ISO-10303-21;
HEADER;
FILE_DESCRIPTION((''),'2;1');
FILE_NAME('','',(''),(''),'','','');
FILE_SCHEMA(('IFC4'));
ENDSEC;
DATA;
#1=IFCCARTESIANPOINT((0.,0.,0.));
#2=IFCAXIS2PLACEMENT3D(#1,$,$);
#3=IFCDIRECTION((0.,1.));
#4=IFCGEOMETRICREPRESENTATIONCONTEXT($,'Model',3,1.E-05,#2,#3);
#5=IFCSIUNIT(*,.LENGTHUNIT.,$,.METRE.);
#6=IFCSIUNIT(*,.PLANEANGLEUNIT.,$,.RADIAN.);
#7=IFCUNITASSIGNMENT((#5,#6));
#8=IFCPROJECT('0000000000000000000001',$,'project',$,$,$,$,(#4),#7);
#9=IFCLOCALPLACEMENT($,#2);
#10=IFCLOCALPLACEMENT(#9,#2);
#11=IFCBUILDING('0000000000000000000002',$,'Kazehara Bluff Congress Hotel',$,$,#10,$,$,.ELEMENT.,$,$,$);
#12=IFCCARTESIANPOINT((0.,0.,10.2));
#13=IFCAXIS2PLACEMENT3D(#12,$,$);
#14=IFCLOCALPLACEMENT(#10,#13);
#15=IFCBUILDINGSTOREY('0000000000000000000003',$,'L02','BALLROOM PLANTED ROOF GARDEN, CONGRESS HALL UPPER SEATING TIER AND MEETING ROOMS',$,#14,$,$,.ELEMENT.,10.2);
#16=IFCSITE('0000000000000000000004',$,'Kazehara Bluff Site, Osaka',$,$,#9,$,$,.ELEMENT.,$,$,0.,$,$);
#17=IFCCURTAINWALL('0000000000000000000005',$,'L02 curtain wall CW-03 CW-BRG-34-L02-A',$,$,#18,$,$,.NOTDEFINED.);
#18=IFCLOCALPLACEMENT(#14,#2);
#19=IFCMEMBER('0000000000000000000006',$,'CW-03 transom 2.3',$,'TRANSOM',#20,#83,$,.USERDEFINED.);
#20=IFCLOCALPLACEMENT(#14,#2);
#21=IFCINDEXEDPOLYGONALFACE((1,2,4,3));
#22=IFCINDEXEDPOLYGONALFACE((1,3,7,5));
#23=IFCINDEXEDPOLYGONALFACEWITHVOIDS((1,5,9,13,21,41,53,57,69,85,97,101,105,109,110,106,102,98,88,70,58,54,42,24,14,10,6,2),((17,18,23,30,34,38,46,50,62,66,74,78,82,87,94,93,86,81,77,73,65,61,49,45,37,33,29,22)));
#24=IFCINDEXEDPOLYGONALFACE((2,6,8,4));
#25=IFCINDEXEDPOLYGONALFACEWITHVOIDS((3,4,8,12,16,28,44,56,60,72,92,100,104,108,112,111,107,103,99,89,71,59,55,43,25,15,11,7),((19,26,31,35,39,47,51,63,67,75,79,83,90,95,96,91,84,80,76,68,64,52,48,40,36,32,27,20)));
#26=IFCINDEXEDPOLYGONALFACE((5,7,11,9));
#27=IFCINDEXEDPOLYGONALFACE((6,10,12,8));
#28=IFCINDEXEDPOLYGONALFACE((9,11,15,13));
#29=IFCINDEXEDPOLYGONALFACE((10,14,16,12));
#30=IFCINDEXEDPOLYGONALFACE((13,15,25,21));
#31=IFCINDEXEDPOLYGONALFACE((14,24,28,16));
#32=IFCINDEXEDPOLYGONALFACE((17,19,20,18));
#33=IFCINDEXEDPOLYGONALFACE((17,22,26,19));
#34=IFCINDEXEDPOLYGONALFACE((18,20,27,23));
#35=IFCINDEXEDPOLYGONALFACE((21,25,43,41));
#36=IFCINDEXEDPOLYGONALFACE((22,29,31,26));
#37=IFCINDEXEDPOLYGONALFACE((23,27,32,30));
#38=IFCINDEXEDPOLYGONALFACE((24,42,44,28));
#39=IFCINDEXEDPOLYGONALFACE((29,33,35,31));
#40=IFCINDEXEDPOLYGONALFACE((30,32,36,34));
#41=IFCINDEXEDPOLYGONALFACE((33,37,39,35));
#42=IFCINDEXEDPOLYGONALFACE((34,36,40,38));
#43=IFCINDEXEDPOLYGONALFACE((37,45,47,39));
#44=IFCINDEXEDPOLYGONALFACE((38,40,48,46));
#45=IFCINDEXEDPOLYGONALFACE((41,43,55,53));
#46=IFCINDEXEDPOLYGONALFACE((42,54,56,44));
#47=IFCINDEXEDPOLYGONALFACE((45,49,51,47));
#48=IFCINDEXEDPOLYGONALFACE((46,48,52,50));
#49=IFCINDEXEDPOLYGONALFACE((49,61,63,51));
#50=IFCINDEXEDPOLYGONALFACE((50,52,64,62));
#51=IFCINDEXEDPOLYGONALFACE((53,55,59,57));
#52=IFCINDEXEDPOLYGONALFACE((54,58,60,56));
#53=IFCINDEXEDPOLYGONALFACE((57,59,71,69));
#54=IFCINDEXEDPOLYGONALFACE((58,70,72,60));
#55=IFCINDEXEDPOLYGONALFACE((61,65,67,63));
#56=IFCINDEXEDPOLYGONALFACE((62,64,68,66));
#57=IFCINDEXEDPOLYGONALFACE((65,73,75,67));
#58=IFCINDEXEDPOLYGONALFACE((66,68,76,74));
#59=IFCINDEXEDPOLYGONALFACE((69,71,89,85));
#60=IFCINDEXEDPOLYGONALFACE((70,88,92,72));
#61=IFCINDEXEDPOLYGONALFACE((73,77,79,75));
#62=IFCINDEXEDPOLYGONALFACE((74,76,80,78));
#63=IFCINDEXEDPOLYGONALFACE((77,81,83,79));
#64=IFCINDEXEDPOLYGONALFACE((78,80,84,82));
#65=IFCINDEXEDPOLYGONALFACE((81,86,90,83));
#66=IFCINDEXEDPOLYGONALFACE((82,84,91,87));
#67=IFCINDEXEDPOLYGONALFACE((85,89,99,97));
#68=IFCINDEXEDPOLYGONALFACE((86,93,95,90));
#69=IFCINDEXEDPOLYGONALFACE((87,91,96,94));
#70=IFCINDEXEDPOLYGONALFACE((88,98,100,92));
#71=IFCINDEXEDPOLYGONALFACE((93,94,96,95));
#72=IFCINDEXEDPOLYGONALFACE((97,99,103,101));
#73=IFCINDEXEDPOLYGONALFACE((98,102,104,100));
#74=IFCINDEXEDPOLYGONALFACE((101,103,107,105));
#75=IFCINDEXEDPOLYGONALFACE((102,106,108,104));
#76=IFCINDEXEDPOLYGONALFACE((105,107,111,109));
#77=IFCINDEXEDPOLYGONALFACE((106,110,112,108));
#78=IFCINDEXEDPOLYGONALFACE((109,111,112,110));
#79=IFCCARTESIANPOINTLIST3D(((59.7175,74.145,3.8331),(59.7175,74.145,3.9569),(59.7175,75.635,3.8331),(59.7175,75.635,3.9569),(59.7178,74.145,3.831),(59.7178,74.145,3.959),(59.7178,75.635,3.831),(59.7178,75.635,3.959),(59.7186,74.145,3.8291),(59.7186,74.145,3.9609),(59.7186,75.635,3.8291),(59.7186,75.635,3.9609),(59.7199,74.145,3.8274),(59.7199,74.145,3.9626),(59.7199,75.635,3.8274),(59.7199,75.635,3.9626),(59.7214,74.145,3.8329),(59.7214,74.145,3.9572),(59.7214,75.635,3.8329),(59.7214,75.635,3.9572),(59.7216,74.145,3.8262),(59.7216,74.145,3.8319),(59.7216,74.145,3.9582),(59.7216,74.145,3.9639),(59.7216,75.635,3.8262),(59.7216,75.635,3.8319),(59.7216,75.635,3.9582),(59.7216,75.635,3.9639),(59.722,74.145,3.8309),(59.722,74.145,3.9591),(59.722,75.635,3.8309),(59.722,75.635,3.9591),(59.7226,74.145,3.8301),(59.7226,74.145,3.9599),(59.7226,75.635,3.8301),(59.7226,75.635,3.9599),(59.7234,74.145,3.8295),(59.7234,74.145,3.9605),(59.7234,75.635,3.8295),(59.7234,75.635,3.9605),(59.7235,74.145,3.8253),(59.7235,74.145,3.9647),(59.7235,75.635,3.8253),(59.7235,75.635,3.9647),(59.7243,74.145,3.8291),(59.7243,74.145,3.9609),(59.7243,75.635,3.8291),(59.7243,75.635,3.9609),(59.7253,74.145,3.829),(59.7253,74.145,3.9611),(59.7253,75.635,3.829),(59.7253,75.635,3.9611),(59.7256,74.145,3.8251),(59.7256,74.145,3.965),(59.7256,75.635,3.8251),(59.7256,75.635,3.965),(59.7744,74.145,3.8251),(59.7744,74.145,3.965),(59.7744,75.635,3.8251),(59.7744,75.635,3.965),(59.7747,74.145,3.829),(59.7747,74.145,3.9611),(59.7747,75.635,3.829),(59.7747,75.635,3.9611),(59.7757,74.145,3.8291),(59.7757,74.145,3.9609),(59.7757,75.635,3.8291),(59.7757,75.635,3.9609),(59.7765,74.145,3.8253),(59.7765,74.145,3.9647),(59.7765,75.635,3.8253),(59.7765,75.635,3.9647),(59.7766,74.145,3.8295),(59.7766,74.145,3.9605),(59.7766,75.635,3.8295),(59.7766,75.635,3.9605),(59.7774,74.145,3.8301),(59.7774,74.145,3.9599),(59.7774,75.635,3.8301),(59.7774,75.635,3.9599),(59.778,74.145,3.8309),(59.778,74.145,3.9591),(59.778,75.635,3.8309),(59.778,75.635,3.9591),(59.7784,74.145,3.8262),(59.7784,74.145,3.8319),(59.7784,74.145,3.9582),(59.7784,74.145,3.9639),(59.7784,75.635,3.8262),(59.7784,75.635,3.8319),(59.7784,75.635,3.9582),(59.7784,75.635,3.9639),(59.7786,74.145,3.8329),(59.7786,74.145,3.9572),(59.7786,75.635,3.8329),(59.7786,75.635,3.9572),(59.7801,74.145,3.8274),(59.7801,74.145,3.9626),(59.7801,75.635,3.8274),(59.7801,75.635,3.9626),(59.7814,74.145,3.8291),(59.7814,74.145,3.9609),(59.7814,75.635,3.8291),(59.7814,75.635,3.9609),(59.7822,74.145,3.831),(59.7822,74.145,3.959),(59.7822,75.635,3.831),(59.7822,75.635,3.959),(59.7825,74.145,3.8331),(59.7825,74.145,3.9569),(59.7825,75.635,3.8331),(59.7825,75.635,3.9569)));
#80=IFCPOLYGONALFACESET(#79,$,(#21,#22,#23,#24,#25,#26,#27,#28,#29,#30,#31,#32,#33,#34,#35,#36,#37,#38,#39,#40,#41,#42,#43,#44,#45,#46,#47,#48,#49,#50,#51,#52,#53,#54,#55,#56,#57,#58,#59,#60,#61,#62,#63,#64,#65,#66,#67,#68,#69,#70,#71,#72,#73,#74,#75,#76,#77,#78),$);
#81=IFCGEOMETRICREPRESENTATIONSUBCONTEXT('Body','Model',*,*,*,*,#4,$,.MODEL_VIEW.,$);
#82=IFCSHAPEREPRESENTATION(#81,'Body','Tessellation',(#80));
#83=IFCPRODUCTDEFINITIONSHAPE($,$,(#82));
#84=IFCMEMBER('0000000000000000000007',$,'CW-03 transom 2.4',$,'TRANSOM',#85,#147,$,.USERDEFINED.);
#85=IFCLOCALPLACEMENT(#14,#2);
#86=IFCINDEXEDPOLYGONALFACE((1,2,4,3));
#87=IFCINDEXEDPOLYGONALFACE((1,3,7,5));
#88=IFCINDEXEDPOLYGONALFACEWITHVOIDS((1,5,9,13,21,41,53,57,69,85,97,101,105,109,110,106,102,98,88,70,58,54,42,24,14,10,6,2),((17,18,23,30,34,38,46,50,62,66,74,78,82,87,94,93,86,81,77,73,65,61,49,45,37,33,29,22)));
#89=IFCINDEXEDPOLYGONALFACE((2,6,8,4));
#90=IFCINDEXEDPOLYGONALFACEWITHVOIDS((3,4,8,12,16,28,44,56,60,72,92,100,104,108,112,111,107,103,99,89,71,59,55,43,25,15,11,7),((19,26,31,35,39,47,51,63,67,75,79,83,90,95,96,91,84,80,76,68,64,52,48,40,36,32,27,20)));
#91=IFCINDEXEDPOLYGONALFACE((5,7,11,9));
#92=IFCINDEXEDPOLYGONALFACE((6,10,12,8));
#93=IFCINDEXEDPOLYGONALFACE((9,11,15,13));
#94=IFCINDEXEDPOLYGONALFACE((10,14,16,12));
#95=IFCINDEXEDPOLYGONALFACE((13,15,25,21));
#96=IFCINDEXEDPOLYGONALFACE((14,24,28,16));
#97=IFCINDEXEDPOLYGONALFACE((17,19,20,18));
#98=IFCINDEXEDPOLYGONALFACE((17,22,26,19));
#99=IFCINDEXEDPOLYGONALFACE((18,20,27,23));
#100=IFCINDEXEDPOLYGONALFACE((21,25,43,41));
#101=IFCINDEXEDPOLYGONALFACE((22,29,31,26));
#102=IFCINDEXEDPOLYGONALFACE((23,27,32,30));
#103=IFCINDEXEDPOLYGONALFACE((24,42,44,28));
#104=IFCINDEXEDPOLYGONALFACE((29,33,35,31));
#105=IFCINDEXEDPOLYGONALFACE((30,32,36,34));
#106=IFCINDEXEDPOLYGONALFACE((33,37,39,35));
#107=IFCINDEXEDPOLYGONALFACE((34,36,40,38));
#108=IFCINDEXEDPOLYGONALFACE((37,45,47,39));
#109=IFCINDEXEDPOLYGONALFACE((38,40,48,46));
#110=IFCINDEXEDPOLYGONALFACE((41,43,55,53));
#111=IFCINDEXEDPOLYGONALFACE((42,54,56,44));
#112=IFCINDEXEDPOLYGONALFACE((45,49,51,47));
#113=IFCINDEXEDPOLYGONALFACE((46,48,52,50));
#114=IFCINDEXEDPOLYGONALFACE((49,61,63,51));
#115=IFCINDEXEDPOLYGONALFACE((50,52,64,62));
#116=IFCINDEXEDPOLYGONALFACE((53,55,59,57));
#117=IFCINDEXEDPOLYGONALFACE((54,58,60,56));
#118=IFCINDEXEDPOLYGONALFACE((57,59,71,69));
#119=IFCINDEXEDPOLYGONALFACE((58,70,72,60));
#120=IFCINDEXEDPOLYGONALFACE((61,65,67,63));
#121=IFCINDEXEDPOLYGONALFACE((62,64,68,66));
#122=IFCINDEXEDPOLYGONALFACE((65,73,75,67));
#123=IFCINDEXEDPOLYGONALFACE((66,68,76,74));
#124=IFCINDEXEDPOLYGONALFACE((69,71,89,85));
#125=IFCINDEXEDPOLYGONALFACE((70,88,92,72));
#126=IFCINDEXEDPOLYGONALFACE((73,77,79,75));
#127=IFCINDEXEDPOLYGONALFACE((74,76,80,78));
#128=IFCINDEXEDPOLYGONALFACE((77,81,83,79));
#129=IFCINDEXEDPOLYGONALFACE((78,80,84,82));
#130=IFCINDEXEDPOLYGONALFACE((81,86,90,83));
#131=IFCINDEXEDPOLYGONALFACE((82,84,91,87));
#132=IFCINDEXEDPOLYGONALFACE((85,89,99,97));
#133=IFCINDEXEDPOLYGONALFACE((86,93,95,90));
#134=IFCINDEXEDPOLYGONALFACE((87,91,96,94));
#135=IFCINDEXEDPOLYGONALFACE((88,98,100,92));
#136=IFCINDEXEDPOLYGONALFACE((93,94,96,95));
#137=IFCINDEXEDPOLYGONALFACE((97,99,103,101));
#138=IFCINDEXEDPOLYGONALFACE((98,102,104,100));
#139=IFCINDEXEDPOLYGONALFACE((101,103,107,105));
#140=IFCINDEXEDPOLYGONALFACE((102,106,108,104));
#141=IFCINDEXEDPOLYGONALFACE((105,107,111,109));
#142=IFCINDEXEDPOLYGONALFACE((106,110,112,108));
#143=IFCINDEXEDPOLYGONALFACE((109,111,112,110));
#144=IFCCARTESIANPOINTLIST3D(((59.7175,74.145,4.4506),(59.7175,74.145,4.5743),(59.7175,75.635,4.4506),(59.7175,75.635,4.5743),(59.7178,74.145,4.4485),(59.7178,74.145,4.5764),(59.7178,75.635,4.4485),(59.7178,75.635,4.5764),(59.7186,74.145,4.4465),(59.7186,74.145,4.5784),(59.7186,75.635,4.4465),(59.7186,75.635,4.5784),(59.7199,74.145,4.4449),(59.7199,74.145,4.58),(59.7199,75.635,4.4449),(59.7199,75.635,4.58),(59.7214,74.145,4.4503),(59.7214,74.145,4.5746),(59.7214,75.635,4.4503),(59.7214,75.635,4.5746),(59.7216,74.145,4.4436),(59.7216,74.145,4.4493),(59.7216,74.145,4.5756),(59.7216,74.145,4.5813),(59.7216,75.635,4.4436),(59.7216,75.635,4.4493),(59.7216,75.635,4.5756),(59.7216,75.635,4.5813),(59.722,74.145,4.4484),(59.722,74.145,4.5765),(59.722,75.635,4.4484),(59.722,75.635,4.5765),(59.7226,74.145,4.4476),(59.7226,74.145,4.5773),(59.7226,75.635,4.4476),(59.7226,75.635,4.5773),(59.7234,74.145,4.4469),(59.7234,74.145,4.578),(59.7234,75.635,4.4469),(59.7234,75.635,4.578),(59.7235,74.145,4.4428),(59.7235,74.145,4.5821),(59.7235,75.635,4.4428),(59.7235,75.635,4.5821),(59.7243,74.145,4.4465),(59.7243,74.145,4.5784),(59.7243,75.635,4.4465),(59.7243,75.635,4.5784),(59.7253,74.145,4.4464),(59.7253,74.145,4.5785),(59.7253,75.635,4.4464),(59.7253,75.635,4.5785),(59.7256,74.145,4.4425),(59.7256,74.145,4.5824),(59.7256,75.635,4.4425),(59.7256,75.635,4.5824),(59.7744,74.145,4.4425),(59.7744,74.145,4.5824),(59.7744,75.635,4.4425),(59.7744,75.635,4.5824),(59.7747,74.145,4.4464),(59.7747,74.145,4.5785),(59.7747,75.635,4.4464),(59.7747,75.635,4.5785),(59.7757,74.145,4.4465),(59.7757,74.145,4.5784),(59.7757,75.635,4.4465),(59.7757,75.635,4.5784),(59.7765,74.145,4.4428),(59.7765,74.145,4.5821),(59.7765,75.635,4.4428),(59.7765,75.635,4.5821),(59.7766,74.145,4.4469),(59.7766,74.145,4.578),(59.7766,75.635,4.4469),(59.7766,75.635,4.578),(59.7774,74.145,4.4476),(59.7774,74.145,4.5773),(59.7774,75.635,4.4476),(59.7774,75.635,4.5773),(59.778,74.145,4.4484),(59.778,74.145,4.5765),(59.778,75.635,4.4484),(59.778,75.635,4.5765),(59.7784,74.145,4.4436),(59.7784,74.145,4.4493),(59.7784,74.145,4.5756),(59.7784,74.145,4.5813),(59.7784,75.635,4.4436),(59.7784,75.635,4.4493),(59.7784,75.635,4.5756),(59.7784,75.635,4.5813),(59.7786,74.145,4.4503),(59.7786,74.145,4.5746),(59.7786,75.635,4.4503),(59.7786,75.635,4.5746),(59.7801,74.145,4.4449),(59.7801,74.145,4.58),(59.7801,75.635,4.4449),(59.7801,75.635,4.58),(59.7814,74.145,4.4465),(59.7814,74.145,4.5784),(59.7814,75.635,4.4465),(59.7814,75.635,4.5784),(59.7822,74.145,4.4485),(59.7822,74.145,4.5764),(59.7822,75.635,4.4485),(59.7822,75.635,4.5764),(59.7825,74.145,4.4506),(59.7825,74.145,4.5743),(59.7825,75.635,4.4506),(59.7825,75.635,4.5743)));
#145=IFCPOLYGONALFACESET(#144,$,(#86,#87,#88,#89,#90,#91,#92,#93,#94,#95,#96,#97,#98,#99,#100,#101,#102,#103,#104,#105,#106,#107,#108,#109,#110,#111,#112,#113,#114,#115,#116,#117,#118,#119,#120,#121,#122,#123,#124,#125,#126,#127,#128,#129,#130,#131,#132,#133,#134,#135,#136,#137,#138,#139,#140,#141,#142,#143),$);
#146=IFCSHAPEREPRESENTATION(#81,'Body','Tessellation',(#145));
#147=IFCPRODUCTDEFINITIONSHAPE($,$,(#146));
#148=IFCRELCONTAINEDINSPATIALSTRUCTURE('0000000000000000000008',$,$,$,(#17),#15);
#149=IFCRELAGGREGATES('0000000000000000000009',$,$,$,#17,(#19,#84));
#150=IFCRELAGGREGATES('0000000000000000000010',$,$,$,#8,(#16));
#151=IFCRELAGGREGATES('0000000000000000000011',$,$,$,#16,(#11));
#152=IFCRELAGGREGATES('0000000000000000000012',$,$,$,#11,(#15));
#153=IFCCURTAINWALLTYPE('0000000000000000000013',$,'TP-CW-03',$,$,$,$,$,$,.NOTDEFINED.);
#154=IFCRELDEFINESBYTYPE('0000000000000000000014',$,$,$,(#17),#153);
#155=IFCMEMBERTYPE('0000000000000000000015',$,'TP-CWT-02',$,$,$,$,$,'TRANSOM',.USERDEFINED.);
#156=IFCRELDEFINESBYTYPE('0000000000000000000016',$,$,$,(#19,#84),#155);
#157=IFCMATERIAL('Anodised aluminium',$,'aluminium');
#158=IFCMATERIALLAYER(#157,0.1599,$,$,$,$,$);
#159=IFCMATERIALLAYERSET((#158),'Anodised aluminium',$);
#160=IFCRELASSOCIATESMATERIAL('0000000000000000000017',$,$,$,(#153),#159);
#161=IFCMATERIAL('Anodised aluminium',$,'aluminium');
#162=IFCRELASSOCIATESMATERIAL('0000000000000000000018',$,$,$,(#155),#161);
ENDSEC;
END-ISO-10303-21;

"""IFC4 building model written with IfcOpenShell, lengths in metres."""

from ifc_helpers import new_model, si_unit, direction, frame, origin, origin_2d, place, context, subcontext, project, spatial, hollow_rectangle, extrude, material, layer, layer_set, material_profile, profile_set, type_object, element, aggregate, save


model = new_model("IFC4")

# Units and contexts
model_context = context("Model", 3, precision=1e-05, world=origin(), true_north=direction((0.0, 1.0)))
body_context = subcontext(model_context, "Body", "Model", "MODEL_VIEW")
ifc_project = project(units=[si_unit("LENGTHUNIT", "METRE"), si_unit("PLANEANGLEUNIT", "RADIAN")], contexts=[model_context])

# Site, building, storey
site_placement = place(None, origin())
site = spatial("IfcSite", under=ifc_project, at=site_placement, Name="Kazehara Bluff Site, Osaka", CompositionType="ELEMENT", RefElevation=0.0)
building_placement = place(site_placement, origin())
building = spatial("IfcBuilding", under=site, at=building_placement, Name="Kazehara Bluff Congress Hotel", CompositionType="ELEMENT")
storey_placement = place(building_placement, frame((0.0, 0.0, 10.2)))
storey = spatial("IfcBuildingStorey", under=building, at=storey_placement, Name="L02", Description="BALLROOM PLANTED ROOF GARDEN, CONGRESS HALL UPPER SEATING TIER AND MEETING ROOMS", CompositionType="ELEMENT", Elevation=10.2)

# Curtain wall, members
ifc_material_1 = material(Name="Anodised aluminium", Category="aluminium")
ifc_layer_1 = layer(ifc_material_1, 0.1599)
ifc_layer_set_1 = layer_set([ifc_layer_1], Name="Anodised aluminium")
curtain_wall_type_1 = type_object("IfcCurtainWallType", Name="TP-CW-03", PredefinedType="NOTDEFINED", material=ifc_layer_set_1)
curtain_wall_1_placement = place(storey_placement, origin())
curtain_wall_1 = element("IfcCurtainWall", 1, at=curtain_wall_1_placement, inside=storey, type_object=curtain_wall_type_1, Name="L02 curtain wall CW-03 CW-BRG-34-L02-A", PredefinedType="NOTDEFINED")
ifc_material_2 = material(Name="Anodised aluminium", Category="aluminium")
ifc_material_profile_1 = material_profile(ifc_material_2, hollow_rectangle(XDim=0.0649, YDim=0.1399, WallThickness=0.0039, InnerFilletRadius=0.0039, OuterFilletRadius=0.0081, at=origin_2d()))
ifc_profile_set_1 = profile_set([ifc_material_profile_1], Name="Anodised aluminium")
member_type_1 = type_object("IfcMemberType", Name="TP-CWT-02", ElementType="TRANSOM", PredefinedType="USERDEFINED", material=ifc_profile_set_1)
member_1_placement = place(storey_placement, frame((59.75, 74.145, 3.895), z_axis=(0.0, 1.0, 0.0), x_axis=(-1.0, 0.0, 0.0)))
member_1 = element("IfcMember", 2, at=member_1_placement, type_object=member_type_1, Name="CW-03 transom 2.3", ObjectType="TRANSOM", PredefinedType="USERDEFINED", context=body_context, shape_type="SweptSolid", body=[
    extrude(hollow_rectangle(XDim=0.0649, YDim=0.1399, WallThickness=0.0039, InnerFilletRadius=0.0039, OuterFilletRadius=0.0081, at=origin_2d()), origin(), (0.0, 0.0, 1.0), 1.49),
])
member_2_placement = place(storey_placement, frame((59.75, 74.145, 4.5125), z_axis=(0.0, 1.0, 0.0), x_axis=(-1.0, 0.0, 0.0)))
member_2 = element("IfcMember", 3, at=member_2_placement, type_object=member_type_1, Name="CW-03 transom 2.4", ObjectType="TRANSOM", PredefinedType="USERDEFINED", context=body_context, shape_type="SweptSolid", body=[
    extrude(hollow_rectangle(XDim=0.0649, YDim=0.1399, WallThickness=0.0039, InnerFilletRadius=0.0039, OuterFilletRadius=0.0081, at=origin_2d()), origin(), (0.0, 0.0, 1.0), 1.49),
])
aggregate(curtain_wall_1, [member_1, member_2])

save(model, "model.ifc")
